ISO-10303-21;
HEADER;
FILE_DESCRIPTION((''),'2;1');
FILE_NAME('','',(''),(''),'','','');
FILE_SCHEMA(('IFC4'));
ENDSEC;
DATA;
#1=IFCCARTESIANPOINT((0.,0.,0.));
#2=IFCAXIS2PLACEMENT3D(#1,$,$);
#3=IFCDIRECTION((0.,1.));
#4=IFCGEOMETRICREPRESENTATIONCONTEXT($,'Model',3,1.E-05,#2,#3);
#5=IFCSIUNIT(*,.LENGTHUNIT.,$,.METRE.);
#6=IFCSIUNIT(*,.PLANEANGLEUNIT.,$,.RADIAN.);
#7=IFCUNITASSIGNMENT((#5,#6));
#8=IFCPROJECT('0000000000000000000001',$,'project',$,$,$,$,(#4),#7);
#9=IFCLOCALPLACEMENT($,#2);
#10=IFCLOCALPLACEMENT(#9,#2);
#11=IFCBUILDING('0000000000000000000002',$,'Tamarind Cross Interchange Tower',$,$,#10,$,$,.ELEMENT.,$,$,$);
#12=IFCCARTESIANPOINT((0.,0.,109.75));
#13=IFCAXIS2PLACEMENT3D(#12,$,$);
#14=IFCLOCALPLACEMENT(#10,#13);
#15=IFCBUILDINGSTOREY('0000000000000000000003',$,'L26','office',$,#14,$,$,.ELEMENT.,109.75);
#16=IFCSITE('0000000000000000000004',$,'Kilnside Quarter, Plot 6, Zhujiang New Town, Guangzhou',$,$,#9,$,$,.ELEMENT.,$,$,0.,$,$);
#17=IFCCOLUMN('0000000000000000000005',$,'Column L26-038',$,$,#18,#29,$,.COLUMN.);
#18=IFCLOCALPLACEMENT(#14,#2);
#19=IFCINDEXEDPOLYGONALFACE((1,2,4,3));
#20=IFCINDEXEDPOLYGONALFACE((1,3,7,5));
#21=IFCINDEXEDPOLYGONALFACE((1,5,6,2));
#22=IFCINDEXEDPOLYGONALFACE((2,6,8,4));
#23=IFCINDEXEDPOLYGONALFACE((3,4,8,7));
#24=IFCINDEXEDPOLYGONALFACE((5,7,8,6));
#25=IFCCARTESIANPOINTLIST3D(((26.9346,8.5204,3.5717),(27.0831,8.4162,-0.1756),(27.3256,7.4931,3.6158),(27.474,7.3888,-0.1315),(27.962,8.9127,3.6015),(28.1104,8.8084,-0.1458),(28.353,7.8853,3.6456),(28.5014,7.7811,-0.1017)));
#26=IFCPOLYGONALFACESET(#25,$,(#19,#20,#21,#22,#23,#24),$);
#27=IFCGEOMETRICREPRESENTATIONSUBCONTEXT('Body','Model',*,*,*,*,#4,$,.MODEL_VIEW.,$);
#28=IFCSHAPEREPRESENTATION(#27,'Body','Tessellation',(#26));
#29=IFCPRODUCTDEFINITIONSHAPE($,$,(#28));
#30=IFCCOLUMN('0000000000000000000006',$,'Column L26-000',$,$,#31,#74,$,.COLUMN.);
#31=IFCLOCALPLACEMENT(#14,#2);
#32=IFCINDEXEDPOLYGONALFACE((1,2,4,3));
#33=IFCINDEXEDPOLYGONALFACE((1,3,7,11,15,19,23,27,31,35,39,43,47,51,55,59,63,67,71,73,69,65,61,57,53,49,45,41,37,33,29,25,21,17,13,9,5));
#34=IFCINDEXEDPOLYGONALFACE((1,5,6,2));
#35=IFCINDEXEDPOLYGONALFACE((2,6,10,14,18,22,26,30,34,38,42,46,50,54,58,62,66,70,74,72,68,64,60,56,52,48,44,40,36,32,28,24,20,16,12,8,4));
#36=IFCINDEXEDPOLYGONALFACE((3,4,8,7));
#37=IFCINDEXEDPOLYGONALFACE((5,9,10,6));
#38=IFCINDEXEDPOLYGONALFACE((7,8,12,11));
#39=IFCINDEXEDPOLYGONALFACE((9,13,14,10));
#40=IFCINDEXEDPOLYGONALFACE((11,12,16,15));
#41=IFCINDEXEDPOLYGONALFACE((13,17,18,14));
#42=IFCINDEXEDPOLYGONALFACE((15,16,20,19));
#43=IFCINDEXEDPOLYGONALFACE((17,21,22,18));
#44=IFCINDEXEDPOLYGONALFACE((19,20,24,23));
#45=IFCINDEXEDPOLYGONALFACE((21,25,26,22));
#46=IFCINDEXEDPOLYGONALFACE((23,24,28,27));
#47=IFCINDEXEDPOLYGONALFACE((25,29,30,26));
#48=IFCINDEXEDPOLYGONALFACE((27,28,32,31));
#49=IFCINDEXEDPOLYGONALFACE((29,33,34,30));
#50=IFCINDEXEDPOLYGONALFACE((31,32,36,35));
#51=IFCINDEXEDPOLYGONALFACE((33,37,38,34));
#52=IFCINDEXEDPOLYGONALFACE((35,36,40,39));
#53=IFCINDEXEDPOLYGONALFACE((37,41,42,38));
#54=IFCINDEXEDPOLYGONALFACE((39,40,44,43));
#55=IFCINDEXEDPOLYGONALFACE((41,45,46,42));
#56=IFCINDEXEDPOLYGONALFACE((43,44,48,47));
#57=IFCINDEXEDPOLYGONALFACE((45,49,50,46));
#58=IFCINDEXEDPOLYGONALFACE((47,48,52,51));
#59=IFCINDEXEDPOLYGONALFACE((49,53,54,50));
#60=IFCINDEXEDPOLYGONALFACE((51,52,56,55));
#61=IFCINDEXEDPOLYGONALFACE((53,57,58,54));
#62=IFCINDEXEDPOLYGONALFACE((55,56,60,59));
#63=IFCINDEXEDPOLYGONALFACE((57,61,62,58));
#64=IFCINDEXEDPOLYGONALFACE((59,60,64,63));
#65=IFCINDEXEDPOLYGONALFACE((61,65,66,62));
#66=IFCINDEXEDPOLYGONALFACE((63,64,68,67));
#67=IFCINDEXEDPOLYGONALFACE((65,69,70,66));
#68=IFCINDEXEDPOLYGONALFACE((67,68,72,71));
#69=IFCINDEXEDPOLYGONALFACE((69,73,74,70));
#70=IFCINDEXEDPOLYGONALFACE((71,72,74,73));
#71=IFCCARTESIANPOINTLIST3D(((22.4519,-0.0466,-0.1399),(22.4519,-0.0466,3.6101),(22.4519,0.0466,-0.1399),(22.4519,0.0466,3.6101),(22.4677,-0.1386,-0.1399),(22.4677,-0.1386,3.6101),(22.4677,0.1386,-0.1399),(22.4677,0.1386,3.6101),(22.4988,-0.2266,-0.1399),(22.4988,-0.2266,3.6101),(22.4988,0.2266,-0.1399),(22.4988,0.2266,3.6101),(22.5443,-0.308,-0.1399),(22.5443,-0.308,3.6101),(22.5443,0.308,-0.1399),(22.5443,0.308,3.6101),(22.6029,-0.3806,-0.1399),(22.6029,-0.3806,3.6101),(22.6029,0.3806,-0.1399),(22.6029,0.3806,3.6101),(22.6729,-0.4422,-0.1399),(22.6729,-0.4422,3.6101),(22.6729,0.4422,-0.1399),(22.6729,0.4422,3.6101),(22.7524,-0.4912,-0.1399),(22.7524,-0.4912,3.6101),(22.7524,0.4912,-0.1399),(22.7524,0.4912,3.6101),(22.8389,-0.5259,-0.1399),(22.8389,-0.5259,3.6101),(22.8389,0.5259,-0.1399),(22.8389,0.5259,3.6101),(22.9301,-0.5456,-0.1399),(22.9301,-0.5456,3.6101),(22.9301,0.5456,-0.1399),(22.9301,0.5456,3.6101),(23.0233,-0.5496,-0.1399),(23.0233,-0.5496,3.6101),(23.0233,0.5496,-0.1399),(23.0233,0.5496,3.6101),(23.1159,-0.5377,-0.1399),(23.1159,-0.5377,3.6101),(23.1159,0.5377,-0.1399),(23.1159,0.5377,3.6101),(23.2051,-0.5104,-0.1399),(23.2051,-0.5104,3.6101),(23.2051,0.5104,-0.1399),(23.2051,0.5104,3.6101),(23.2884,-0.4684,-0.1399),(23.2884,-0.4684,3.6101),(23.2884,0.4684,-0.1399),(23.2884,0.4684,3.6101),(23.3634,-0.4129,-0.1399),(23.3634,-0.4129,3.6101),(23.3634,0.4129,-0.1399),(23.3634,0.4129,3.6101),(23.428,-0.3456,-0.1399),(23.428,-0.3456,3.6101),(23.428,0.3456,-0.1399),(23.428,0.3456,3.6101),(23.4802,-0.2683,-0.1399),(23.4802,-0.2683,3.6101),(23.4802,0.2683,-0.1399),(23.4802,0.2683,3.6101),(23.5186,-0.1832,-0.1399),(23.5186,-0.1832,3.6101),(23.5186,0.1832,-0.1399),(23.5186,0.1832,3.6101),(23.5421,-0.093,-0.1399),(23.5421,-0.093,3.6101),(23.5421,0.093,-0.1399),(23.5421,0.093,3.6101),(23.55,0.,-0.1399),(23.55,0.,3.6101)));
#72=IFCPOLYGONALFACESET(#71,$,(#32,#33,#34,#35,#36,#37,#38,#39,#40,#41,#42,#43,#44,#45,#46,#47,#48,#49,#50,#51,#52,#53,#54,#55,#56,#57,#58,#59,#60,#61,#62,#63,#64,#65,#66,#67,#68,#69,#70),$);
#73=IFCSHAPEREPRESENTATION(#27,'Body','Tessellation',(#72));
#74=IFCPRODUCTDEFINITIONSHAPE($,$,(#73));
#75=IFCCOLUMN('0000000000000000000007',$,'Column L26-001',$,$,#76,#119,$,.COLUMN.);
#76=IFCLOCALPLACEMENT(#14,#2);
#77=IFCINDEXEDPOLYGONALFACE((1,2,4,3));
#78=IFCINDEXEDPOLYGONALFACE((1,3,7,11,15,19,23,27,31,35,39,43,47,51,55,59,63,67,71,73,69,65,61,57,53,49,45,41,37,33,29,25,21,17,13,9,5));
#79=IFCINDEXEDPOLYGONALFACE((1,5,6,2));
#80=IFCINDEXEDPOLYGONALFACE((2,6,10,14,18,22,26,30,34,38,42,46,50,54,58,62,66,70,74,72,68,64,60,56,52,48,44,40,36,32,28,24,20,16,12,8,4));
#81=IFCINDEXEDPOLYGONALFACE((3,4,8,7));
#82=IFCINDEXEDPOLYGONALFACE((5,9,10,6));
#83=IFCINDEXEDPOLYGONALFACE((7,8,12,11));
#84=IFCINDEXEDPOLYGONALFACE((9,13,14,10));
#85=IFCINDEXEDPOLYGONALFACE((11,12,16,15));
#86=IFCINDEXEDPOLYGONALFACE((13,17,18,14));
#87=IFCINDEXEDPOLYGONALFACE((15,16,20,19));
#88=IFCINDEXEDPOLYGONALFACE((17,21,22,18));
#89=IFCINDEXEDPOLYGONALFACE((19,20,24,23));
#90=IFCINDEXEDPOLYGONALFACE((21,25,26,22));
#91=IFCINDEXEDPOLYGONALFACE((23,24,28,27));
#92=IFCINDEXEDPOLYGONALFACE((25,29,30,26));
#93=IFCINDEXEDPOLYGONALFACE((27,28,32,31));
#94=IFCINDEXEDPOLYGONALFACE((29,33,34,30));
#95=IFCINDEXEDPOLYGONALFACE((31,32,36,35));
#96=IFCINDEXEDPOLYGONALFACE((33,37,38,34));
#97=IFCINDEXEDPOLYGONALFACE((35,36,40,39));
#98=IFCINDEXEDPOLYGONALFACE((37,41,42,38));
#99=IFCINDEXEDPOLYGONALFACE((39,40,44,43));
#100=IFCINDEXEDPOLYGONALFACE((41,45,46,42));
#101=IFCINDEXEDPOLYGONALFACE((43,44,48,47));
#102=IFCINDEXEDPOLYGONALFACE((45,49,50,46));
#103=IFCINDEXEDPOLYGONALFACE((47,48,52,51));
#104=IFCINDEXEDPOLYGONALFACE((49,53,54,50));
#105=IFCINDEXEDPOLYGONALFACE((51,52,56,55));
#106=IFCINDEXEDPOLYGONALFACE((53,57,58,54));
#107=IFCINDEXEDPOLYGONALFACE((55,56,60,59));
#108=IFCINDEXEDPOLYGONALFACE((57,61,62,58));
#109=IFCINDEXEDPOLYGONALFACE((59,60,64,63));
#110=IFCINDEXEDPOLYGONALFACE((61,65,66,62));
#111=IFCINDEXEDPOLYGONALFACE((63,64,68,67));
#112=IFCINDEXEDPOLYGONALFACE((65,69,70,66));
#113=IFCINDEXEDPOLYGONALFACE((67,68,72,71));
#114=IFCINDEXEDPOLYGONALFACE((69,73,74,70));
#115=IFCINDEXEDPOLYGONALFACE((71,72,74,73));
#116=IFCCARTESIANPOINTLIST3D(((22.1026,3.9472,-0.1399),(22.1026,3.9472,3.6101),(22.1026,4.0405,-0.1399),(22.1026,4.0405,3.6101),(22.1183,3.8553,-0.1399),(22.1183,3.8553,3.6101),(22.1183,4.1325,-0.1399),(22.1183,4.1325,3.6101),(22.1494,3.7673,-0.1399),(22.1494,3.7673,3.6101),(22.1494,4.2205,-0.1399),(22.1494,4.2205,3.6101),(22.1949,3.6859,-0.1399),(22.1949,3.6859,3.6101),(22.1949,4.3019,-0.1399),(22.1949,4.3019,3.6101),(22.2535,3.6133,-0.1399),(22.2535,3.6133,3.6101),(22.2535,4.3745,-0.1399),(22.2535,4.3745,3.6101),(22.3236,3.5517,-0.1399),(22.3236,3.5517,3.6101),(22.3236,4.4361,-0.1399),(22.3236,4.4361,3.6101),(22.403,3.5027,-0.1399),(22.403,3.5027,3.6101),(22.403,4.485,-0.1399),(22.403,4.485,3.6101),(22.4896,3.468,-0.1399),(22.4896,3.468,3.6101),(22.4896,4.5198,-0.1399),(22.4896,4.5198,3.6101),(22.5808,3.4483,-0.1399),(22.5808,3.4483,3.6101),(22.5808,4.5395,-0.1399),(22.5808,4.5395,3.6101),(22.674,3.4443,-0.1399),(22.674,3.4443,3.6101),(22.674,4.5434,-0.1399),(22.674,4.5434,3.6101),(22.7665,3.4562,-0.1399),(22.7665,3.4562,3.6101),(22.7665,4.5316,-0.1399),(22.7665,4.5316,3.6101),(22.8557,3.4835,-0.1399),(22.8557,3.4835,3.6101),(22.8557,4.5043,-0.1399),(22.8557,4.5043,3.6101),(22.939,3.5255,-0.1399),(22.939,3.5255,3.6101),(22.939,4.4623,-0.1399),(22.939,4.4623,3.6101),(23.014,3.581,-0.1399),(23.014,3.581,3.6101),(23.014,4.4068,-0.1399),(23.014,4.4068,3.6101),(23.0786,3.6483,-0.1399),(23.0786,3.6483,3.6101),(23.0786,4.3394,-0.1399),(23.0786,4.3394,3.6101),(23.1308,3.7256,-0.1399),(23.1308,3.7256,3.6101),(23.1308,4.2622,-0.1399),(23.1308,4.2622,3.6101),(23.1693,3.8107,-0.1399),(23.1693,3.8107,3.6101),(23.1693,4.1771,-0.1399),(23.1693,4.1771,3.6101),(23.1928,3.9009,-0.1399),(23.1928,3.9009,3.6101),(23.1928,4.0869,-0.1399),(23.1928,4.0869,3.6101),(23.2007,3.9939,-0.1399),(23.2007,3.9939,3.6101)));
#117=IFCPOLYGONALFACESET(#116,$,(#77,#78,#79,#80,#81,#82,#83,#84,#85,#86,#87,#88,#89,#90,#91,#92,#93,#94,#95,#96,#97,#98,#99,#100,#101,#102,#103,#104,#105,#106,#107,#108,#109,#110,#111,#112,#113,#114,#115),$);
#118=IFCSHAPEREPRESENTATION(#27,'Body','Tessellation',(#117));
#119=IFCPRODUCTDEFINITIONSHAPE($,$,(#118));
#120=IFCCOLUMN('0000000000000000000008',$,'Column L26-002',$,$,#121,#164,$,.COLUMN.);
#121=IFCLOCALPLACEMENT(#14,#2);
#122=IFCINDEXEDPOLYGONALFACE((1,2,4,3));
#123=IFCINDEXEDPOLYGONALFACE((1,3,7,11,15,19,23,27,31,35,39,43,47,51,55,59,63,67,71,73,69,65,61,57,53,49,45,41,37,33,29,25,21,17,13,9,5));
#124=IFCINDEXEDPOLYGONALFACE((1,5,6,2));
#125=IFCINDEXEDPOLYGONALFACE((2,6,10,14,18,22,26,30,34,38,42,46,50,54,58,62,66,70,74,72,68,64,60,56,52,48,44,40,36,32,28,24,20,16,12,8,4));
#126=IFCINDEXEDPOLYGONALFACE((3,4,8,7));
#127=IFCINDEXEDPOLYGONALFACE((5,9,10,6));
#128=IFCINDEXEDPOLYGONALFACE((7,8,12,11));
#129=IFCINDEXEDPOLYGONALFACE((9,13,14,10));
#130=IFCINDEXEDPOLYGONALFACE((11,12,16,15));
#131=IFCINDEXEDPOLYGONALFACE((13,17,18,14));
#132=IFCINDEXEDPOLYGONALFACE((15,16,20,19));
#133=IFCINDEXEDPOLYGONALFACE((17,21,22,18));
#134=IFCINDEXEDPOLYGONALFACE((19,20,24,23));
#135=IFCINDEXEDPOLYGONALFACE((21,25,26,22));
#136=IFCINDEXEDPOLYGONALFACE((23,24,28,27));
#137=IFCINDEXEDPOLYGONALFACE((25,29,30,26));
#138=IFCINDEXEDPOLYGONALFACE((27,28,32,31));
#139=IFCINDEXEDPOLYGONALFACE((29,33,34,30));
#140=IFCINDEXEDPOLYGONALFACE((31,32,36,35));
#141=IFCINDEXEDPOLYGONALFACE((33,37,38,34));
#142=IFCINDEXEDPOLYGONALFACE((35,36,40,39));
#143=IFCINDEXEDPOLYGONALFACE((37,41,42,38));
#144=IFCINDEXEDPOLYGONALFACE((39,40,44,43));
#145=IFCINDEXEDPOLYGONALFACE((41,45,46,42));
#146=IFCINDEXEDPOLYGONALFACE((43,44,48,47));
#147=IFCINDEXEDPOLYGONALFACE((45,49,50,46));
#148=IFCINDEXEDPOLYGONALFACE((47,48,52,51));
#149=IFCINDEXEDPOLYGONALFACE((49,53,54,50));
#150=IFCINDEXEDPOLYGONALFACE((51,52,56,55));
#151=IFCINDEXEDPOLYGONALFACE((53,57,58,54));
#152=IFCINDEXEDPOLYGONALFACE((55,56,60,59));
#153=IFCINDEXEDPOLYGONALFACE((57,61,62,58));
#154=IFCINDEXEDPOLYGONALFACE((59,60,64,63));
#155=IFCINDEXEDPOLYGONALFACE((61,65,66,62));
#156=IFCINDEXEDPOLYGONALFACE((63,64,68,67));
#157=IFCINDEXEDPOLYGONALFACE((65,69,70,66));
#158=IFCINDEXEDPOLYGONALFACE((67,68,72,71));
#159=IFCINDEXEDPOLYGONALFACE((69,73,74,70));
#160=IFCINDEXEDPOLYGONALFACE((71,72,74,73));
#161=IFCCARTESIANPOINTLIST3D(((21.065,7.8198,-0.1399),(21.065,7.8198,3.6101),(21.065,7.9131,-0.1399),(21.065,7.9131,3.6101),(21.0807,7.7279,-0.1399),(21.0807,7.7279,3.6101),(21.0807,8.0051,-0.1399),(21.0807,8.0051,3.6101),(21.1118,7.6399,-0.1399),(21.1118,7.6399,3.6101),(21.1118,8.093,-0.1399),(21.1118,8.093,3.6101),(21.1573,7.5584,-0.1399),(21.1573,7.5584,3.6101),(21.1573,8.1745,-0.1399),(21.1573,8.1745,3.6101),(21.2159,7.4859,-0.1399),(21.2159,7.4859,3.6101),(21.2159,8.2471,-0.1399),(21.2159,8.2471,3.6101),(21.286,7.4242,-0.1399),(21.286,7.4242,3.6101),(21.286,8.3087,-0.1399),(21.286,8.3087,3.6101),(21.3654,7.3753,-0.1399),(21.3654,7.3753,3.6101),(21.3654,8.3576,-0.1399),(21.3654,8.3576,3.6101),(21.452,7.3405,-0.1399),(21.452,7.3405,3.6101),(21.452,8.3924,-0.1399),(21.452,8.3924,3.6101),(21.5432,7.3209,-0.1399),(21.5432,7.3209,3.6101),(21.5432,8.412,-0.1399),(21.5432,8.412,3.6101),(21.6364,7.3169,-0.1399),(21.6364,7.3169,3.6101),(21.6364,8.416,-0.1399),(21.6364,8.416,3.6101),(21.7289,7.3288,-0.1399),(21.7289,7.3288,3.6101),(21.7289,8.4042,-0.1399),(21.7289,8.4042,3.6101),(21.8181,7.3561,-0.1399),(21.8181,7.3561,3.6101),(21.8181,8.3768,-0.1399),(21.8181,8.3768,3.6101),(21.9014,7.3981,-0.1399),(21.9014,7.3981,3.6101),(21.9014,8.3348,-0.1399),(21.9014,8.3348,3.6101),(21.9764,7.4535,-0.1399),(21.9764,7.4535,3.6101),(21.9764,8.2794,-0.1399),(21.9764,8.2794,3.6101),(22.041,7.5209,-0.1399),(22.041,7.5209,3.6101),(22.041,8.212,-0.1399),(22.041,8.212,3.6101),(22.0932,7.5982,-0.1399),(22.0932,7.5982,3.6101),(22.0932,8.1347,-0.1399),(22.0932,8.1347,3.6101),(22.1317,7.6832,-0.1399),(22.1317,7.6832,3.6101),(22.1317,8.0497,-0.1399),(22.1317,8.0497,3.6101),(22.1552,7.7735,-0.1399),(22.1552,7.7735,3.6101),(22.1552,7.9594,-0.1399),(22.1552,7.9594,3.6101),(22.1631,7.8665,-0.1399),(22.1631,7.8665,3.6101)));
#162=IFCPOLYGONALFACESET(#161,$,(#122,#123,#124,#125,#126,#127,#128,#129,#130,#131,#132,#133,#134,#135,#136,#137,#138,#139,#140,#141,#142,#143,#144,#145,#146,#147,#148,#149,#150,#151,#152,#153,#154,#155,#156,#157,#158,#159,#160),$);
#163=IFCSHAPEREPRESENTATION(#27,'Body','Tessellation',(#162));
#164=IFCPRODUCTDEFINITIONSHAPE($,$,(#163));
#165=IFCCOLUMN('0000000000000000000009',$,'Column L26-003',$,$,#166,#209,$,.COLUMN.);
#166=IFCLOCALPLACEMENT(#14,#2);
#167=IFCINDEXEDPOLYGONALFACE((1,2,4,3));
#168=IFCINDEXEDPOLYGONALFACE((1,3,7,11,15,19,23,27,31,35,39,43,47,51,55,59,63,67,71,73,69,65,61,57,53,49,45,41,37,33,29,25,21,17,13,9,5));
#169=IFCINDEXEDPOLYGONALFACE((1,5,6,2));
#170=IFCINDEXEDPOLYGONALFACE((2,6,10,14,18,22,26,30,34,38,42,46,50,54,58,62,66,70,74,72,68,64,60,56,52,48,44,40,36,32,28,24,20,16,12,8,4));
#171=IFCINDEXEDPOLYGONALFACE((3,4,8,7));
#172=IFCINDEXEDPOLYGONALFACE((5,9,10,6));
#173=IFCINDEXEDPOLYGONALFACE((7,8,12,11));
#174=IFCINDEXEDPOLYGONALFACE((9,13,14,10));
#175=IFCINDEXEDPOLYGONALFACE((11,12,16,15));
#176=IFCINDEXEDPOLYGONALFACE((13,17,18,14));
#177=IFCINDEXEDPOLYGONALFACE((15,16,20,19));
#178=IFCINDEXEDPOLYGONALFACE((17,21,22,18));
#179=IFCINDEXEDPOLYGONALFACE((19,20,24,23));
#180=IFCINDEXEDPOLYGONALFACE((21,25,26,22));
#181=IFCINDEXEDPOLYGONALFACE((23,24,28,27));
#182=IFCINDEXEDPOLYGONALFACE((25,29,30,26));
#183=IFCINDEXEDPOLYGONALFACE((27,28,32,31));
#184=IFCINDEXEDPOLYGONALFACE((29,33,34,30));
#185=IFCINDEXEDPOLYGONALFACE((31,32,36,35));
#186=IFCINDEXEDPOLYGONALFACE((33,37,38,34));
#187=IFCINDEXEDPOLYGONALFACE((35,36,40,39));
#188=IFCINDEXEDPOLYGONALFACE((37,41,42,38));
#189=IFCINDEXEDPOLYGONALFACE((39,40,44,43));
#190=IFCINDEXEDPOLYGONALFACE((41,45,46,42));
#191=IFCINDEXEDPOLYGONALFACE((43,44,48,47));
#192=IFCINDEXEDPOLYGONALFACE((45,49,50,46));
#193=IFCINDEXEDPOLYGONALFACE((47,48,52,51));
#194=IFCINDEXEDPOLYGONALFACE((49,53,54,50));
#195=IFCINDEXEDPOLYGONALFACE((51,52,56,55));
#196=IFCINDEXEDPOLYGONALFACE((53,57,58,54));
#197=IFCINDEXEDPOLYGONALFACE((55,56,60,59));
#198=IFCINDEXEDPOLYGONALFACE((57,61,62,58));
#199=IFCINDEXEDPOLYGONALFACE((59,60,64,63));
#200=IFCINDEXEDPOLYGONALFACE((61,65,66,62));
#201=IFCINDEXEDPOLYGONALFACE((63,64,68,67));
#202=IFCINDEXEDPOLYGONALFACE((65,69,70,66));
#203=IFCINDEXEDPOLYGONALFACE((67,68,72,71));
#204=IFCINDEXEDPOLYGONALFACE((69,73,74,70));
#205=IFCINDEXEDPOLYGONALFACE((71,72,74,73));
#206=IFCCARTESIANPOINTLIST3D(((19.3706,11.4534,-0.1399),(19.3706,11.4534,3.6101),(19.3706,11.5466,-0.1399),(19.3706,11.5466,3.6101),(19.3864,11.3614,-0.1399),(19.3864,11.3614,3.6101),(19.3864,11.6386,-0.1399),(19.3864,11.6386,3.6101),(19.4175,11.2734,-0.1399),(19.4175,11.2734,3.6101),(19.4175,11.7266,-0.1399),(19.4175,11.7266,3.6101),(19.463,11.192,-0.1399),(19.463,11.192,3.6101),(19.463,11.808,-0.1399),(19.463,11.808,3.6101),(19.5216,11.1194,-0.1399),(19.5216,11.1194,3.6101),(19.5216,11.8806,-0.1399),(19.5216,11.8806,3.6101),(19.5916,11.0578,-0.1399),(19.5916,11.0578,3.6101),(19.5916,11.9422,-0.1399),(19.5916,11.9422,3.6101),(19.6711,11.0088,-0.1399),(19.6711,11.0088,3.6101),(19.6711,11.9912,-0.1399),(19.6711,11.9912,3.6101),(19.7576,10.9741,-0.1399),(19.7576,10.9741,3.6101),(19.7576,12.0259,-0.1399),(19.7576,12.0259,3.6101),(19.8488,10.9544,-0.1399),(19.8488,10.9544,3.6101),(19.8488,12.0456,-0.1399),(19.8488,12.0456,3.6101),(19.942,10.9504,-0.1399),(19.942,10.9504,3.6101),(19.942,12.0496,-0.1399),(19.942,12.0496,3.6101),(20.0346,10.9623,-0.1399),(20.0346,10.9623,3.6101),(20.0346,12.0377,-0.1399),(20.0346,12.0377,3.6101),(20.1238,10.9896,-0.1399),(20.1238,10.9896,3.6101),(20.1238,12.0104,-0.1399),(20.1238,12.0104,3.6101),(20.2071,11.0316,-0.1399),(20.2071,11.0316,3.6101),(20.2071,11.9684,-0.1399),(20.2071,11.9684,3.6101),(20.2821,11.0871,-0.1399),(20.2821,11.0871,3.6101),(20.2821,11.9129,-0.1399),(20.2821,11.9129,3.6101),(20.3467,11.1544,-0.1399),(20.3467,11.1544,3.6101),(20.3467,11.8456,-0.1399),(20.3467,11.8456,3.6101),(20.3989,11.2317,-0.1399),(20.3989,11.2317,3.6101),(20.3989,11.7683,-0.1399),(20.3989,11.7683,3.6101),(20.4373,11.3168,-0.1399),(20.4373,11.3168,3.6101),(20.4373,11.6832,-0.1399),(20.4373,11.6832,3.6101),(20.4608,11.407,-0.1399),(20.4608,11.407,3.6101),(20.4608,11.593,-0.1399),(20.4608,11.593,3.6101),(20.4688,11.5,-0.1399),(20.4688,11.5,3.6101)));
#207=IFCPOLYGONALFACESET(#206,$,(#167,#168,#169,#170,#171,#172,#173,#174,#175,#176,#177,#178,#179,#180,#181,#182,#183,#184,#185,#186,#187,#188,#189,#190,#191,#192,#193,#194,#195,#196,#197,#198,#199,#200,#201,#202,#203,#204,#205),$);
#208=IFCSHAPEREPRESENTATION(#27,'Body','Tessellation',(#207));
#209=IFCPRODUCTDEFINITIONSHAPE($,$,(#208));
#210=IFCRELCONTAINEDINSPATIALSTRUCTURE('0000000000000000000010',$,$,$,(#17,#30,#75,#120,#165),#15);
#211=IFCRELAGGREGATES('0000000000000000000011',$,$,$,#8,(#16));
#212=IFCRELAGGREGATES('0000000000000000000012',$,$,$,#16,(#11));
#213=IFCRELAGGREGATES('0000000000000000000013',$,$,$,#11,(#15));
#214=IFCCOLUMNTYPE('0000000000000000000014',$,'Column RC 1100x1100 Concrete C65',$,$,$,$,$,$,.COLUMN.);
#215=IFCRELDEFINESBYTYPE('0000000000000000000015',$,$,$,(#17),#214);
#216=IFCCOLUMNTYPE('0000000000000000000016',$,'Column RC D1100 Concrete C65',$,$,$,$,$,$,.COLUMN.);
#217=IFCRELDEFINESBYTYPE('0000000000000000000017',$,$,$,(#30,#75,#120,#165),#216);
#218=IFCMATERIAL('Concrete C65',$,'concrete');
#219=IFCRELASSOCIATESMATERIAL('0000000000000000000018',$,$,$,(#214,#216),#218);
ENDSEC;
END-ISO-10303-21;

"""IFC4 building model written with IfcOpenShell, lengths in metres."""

from ifc_helpers import new_model, si_unit, direction, frame, origin, origin_2d, place, context, subcontext, project, spatial, rectangle, circle, extrude, material, material_profile, profile_set, type_object, element, save


model = new_model("IFC4")

# Units and contexts
model_context = context("Model", 3, precision=1e-05, world=origin(), true_north=direction((0.0, 1.0)))
body_context = subcontext(model_context, "Body", "Model", "MODEL_VIEW")
ifc_project = project(units=[si_unit("LENGTHUNIT", "METRE"), si_unit("PLANEANGLEUNIT", "RADIAN")], contexts=[model_context])

# Site, building, storey
site_placement = place(None, origin())
site = spatial("IfcSite", under=ifc_project, at=site_placement, Name="Kilnside Quarter, Plot 6, Zhujiang New Town, Guangzhou", CompositionType="ELEMENT", RefElevation=0.0)
building_placement = place(site_placement, origin())
building = spatial("IfcBuilding", under=site, at=building_placement, Name="Tamarind Cross Interchange Tower", CompositionType="ELEMENT")
storey_placement = place(building_placement, frame((0.0, 0.0, 109.75)))
storey = spatial("IfcBuildingStorey", under=building, at=storey_placement, Name="L26", Description="office", CompositionType="ELEMENT", Elevation=109.75)

# Columns
ifc_material_1 = material(Name="Concrete C65", Category="concrete")
ifc_material_profile_1 = material_profile(ifc_material_1, rectangle(XDim=1.1001, YDim=1.1001, at=origin_2d()), Name="RC 1100x1100")
ifc_profile_set_1 = profile_set([ifc_material_profile_1], Name="Concrete C65")
column_type_1 = type_object("IfcColumnType", Name="Column RC 1100x1100 Concrete C65", PredefinedType="COLUMN", material=ifc_profile_set_1)
column_placement = place(storey_placement, frame((27.7922, 8.0986, -0.1387), z_axis=(-0.039565, 0.027787, 0.998831), x_axis=(0.355401, -0.933855, 0.040057)))
element("IfcColumn", 1, at=column_placement, inside=storey, type_object=column_type_1, Name="Column L26-038", PredefinedType="COLUMN", context=body_context, shape_type="SweptSolid", body=[
    extrude(rectangle(XDim=1.1001, YDim=1.1001, at=origin_2d()), origin(), (0.0, 0.0, 1.0), 3.7517),
])
ifc_material_profile_2 = material_profile(ifc_material_1, circle(Radius=0.55, at=origin_2d()), Name="RC D1100")
ifc_profile_set_2 = profile_set([ifc_material_profile_2], Name="Concrete C65")
column_type_2 = type_object("IfcColumnType", Name="Column RC D1100 Concrete C65", PredefinedType="COLUMN", material=ifc_profile_set_2)
for number, where, z_axis, x_axis, name in (
    (2, (23.0, 0.0, -0.1399), (0.0, 0.0, 1.0), (1.0, 0.0, 0.0), "Column L26-000"),
    (3, (22.6506, 3.9939, -0.1399), (0.0, 0.0, 1.0), (1.0, 0.0, 0.0), "Column L26-001"),
    (4, (21.613, 7.8665, -0.1399), (0.0, 0.0, 1.0), (1.0, 0.0, 0.0), "Column L26-002"),
    (5, (19.9187, 11.5, -0.1399), (0.0, 0.0, 1.0), (1.0, 0.0, 0.0), "Column L26-003"),
):
    element("IfcColumn", number, at=place(storey_placement, frame(where, z_axis=z_axis, x_axis=x_axis)), inside=storey, type_object=column_type_2, Name=name, PredefinedType="COLUMN", context=body_context, shape_type="SweptSolid", body=[
        extrude(circle(Radius=0.55, at=origin_2d()), origin(), (0.0, 0.0, 1.0), 3.75),
    ])

save(model, "model.ifc")
